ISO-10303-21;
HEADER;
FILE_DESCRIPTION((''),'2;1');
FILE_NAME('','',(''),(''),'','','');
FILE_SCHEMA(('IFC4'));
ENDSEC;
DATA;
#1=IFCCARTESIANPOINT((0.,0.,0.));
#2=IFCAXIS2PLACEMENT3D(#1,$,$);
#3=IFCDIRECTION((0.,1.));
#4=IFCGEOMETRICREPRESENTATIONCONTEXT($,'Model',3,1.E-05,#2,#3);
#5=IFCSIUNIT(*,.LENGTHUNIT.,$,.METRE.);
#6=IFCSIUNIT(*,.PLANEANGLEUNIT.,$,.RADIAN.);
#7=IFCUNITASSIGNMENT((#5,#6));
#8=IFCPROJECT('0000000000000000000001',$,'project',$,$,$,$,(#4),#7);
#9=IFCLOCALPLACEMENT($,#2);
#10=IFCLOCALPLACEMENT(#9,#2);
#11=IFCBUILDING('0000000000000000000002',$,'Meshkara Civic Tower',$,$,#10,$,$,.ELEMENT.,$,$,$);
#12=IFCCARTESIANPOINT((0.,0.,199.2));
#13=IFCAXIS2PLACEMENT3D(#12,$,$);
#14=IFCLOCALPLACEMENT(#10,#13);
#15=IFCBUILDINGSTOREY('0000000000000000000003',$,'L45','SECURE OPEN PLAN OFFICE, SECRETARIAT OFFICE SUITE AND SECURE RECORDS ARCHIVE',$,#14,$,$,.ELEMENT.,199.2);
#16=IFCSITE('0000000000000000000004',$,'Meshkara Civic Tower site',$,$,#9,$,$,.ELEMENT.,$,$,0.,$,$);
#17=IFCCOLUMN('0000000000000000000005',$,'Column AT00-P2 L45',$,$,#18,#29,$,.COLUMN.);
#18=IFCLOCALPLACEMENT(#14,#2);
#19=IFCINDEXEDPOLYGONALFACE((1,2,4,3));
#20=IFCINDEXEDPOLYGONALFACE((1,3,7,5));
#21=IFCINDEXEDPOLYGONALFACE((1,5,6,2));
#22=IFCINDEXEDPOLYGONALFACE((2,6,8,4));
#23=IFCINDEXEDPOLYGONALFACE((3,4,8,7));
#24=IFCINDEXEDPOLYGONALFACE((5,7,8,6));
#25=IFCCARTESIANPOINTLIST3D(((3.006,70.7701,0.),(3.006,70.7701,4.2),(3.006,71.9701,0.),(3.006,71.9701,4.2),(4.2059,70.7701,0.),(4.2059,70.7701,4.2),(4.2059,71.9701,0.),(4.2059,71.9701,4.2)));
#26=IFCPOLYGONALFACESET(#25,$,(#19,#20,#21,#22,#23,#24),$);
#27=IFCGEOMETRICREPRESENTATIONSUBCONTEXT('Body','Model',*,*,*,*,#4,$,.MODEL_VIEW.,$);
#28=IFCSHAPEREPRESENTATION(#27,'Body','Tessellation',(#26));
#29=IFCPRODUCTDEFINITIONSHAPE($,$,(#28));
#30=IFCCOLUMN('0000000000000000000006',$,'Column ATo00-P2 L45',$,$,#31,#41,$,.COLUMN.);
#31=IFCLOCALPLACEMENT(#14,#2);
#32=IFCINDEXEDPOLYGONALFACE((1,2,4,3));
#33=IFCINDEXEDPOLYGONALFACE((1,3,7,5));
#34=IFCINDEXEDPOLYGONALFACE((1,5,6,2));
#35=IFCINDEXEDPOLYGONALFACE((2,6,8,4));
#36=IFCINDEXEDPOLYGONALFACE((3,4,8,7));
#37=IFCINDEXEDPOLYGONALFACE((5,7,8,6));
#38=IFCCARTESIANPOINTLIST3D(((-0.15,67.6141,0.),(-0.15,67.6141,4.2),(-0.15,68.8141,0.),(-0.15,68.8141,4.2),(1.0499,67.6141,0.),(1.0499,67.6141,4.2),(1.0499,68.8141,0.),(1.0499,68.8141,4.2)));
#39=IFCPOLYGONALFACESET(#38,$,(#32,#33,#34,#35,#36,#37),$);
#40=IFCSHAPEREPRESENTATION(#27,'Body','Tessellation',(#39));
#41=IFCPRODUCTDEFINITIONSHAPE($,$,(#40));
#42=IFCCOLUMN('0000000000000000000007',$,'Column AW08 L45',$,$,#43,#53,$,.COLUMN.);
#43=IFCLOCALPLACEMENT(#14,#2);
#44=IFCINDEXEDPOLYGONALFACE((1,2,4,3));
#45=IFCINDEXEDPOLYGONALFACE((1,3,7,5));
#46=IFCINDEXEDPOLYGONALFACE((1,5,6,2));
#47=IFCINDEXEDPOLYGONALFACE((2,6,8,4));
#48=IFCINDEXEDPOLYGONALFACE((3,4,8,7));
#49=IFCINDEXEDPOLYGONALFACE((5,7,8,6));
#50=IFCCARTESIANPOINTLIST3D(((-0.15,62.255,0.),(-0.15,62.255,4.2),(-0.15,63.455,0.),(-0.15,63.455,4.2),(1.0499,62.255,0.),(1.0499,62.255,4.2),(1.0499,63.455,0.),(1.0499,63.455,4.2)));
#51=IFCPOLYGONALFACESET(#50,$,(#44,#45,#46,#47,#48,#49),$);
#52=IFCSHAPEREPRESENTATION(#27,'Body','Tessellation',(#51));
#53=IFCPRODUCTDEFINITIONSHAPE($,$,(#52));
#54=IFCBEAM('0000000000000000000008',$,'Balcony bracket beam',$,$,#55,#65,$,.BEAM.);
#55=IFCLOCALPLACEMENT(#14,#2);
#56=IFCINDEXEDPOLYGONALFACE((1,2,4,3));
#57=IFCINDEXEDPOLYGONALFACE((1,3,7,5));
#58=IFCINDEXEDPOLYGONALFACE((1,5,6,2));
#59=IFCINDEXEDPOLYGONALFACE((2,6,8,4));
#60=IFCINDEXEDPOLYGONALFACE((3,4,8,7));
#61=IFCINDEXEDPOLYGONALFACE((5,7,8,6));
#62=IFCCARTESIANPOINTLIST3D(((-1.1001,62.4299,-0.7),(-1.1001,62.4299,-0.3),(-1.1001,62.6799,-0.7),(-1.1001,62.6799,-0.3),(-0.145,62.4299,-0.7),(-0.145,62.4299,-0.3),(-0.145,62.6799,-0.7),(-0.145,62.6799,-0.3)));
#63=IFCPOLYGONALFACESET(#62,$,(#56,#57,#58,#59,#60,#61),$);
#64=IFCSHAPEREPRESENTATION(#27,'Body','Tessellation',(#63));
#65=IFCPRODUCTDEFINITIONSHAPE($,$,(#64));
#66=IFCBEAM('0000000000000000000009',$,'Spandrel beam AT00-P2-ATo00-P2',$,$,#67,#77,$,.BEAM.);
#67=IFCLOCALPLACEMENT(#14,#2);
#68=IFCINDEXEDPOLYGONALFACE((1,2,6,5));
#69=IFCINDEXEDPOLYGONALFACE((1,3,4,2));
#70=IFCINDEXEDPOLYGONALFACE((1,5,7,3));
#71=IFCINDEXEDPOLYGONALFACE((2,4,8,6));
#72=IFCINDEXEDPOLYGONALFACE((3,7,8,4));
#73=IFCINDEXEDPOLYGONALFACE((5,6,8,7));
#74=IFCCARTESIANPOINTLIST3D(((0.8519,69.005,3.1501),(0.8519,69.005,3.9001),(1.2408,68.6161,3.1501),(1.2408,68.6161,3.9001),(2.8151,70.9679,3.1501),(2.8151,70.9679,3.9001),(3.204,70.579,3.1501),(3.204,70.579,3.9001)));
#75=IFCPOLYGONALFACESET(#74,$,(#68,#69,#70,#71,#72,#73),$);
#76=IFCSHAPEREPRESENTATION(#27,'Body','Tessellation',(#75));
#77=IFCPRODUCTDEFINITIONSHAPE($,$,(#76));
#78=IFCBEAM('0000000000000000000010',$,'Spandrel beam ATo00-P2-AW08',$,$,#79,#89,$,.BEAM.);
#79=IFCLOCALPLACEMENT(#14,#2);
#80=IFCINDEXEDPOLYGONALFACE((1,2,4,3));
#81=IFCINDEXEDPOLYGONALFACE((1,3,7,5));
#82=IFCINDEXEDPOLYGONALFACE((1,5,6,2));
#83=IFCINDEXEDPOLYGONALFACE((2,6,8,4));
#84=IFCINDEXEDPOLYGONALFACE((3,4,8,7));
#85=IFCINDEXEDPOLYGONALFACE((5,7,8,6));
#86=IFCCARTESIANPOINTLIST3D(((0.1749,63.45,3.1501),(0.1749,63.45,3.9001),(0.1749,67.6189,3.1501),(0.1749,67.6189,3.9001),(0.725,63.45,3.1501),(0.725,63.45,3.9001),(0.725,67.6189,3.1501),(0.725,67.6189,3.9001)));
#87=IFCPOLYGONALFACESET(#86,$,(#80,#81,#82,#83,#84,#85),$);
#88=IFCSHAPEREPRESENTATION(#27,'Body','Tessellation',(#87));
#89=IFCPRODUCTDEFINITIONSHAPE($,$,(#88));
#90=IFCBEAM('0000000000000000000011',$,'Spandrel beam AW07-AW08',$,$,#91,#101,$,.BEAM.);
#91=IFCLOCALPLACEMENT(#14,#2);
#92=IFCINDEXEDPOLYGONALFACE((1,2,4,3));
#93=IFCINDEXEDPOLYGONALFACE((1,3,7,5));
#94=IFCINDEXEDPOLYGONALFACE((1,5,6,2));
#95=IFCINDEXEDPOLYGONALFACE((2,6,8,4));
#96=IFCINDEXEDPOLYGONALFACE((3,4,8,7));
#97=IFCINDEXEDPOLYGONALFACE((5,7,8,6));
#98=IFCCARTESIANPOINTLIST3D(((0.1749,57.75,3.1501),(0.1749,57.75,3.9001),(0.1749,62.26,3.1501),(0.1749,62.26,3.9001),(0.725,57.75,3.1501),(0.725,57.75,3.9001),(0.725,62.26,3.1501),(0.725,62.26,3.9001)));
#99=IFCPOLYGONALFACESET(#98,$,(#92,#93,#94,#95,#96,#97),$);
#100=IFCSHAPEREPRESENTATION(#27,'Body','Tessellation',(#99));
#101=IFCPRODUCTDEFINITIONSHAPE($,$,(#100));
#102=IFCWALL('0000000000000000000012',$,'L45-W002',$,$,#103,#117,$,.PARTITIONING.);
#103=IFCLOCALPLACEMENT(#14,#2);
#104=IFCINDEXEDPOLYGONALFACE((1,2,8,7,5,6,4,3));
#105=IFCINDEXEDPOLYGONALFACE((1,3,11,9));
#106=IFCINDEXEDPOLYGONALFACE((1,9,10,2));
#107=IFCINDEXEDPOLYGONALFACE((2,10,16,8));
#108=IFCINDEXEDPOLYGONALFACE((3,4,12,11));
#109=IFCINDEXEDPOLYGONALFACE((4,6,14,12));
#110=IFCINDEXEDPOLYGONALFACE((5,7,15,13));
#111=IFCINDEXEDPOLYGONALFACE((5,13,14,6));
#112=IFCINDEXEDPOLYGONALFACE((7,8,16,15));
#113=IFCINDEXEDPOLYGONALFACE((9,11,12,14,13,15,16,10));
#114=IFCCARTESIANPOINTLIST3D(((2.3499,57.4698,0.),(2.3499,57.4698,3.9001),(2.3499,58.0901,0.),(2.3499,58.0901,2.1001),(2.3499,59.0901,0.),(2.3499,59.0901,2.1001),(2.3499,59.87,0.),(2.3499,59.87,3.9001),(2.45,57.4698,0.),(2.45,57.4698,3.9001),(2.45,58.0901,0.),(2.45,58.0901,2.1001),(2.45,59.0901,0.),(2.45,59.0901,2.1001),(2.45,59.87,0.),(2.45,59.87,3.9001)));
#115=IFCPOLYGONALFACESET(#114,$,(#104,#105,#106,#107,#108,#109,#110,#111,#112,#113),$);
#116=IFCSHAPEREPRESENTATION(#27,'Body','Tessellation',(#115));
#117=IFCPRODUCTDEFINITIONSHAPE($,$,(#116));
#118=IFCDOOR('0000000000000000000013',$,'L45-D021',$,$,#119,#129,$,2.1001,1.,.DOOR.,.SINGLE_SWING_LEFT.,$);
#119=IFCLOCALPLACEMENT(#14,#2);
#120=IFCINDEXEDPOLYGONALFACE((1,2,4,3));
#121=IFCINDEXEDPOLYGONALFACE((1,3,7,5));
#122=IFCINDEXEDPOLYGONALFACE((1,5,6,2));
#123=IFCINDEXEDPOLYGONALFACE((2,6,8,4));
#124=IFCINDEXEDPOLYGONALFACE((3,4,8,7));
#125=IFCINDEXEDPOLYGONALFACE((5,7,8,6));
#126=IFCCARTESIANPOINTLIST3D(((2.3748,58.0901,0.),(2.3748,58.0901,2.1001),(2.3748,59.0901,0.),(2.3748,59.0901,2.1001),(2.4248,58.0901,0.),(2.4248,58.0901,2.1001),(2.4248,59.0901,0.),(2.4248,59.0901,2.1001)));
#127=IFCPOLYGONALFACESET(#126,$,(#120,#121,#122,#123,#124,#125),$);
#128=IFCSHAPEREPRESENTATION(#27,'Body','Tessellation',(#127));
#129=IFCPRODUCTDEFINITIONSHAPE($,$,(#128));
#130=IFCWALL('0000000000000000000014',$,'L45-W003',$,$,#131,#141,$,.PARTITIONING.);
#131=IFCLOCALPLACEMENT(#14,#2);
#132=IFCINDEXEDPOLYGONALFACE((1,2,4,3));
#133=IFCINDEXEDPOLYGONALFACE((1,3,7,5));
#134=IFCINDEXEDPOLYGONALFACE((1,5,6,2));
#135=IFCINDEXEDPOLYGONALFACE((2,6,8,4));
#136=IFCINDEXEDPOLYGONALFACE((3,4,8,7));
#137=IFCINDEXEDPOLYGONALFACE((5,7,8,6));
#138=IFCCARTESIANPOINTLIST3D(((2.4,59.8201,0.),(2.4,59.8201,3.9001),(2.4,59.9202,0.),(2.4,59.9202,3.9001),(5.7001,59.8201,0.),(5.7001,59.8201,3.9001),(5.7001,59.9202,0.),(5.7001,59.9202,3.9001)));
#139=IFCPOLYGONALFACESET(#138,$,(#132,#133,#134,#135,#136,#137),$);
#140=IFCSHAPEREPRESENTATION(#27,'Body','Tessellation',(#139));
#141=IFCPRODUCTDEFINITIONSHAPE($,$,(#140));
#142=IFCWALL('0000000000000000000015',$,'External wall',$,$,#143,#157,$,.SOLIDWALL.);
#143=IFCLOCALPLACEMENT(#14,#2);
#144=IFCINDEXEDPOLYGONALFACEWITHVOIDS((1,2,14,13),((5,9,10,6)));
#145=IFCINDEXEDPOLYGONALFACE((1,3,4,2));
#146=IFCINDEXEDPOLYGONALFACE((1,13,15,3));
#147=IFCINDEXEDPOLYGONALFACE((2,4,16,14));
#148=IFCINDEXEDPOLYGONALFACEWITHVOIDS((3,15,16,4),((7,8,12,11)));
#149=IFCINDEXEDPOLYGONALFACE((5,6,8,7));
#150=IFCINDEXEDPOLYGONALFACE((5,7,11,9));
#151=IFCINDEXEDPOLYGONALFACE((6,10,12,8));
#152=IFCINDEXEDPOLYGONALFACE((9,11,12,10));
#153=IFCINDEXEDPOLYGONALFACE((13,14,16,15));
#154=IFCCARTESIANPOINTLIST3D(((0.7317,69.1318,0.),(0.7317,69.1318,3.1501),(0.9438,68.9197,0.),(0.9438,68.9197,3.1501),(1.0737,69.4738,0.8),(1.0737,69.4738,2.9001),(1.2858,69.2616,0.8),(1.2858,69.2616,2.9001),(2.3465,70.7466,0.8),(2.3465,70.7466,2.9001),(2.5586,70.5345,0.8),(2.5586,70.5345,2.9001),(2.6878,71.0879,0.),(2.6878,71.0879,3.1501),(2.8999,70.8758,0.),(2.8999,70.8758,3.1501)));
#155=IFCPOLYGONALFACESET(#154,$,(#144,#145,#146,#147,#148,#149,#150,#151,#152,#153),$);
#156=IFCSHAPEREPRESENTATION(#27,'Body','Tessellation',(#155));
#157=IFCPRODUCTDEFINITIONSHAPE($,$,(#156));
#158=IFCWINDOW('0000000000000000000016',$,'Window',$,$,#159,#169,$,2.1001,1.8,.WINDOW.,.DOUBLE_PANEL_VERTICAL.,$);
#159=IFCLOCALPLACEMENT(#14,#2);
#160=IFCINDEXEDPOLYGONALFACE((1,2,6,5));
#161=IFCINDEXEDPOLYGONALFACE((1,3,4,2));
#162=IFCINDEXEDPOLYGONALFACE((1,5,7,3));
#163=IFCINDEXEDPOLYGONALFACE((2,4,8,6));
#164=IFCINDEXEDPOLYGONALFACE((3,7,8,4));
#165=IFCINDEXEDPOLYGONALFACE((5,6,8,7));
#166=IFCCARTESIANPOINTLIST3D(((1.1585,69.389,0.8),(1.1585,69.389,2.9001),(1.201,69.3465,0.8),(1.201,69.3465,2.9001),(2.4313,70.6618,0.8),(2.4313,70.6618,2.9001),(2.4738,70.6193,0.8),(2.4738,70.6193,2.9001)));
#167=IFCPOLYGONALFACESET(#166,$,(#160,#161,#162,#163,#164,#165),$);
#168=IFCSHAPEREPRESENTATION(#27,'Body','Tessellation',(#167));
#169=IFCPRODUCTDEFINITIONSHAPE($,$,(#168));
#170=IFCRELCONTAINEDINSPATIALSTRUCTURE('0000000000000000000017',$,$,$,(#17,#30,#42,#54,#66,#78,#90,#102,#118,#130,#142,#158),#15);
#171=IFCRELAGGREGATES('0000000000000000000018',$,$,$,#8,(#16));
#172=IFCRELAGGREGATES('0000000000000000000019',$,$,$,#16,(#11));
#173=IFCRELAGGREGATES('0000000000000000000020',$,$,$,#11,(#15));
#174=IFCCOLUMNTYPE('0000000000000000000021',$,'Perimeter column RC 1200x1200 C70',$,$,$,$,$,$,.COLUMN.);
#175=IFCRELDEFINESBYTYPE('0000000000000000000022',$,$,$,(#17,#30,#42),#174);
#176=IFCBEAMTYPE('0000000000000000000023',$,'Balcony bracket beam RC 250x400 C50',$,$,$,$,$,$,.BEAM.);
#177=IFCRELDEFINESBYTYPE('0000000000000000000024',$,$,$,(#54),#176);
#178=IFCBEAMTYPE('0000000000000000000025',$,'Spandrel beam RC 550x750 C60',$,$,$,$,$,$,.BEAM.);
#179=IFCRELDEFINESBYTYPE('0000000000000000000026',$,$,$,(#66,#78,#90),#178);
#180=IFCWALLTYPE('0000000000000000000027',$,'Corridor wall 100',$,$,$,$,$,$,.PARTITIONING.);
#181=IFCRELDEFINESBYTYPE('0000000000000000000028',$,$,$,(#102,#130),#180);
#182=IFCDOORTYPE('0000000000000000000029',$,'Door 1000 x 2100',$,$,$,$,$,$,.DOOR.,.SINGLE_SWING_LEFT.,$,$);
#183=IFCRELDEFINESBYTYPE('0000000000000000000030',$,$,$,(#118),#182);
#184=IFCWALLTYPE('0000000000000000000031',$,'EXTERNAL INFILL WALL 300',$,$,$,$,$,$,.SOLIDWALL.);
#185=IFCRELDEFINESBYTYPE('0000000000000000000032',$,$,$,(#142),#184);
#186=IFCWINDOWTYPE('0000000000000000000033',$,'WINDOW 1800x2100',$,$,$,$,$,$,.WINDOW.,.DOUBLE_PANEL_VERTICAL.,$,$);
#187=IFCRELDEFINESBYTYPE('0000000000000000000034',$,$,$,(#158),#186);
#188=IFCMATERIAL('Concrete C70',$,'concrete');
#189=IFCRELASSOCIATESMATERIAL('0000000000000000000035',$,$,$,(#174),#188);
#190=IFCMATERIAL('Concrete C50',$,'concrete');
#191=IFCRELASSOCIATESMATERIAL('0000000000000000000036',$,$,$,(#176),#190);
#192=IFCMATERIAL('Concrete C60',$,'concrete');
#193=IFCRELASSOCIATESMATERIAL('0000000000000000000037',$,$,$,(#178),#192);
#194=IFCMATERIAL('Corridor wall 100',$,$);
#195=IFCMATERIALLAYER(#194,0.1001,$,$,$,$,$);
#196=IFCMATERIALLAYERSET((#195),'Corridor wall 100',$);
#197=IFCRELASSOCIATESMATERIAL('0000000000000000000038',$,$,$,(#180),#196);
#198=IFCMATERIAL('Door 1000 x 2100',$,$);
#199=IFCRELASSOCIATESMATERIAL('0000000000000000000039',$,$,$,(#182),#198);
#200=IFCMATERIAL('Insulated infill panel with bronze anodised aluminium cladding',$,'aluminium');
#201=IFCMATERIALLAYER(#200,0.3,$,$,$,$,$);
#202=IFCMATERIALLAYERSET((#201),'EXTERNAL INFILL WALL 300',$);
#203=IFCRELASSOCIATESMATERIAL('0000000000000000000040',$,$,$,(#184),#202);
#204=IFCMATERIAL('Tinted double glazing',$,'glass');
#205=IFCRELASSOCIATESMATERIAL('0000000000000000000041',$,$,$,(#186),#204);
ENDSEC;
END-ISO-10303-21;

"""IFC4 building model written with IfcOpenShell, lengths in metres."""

from ifc_helpers import new_model, si_unit, direction, frame, frame_2d, origin, origin_2d, place, context, subcontext, project, spatial, rectangle, extrude, material, layer, layer_set, material_profile, profile_set, type_object, element, fill, save


model = new_model("IFC4")

# Units and contexts
model_context = context("Model", 3, precision=1e-05, world=origin(), true_north=direction((0.0, 1.0)))
body_context = subcontext(model_context, "Body", "Model", "MODEL_VIEW")
ifc_project = project(units=[si_unit("LENGTHUNIT", "METRE"), si_unit("PLANEANGLEUNIT", "RADIAN")], contexts=[model_context])

# Site, building, storey
site_placement = place(None, origin())
site = spatial("IfcSite", under=ifc_project, at=site_placement, Name="Meshkara Civic Tower site", CompositionType="ELEMENT", RefElevation=0.0)
building_placement = place(site_placement, origin())
building = spatial("IfcBuilding", under=site, at=building_placement, Name="Meshkara Civic Tower", CompositionType="ELEMENT")
storey_placement = place(building_placement, frame((0.0, 0.0, 199.2)))
storey = spatial("IfcBuildingStorey", under=building, at=storey_placement, Name="L45", Description="SECURE OPEN PLAN OFFICE, SECRETARIAT OFFICE SUITE AND SECURE RECORDS ARCHIVE", CompositionType="ELEMENT", Elevation=199.2)

# Columns
ifc_material_1 = material(Name="Concrete C70", Category="concrete")
ifc_material_profile_1 = material_profile(ifc_material_1, rectangle(XDim=1.2, YDim=1.2, at=origin_2d()))
ifc_profile_set_1 = profile_set([ifc_material_profile_1], Name="Concrete C70")
column_type = type_object("IfcColumnType", Name="Perimeter column RC 1200x1200 C70", PredefinedType="COLUMN", material=ifc_profile_set_1)
for number, where, z_axis, x_axis, name in (
    (1, (3.606, 71.3701, 0.0), (0.0, 0.0, 1.0), (1.0, 0.0, 0.0), "Column AT00-P2 L45"),
    (2, (0.45, 68.2141, 0.0), (0.0, 0.0, 1.0), (1.0, 0.0, 0.0), "Column ATo00-P2 L45"),
    (3, (0.45, 62.855, 0.0), (0.0, 0.0, 1.0), (1.0, 0.0, 0.0), "Column AW08 L45"),
):
    element("IfcColumn", number, at=place(storey_placement, frame(where, z_axis=z_axis, x_axis=x_axis)), inside=storey, type_object=column_type, Name=name, PredefinedType="COLUMN", context=body_context, shape_type="SweptSolid", body=[
        extrude(rectangle(XDim=1.2, YDim=1.2, at=origin_2d()), origin(), (0.0, 0.0, 1.0), 4.2),
    ])

# Beams
ifc_material_2 = material(Name="Concrete C50", Category="concrete")
ifc_material_profile_2 = material_profile(ifc_material_2, rectangle(XDim=0.25, YDim=0.3999, at=origin_2d()))
ifc_profile_set_2 = profile_set([ifc_material_profile_2], Name="Concrete C50")
beam_type_1 = type_object("IfcBeamType", Name="Balcony bracket beam RC 250x400 C50", PredefinedType="BEAM", material=ifc_profile_set_2)
beam_1_placement = place(storey_placement, frame((-0.145, 62.5549, -0.5), z_axis=(-1.0, 0.0, 0.0), x_axis=(0.0, -1.0, 0.0)))
element("IfcBeam", 4, at=beam_1_placement, inside=storey, type_object=beam_type_1, Name="Balcony bracket beam", PredefinedType="BEAM", context=body_context, shape_type="SweptSolid", body=[
    extrude(rectangle(XDim=0.25, YDim=0.3999, at=origin_2d()), origin(), (0.0, 0.0, 1.0), 0.9551),
])
ifc_material_3 = material(Name="Concrete C60", Category="concrete")
ifc_material_profile_3 = material_profile(ifc_material_3, rectangle(XDim=0.55, YDim=0.75, at=origin_2d()))
ifc_profile_set_3 = profile_set([ifc_material_profile_3], Name="Concrete C60")
beam_type_2 = type_object("IfcBeamType", Name="Spandrel beam RC 550x750 C60", PredefinedType="BEAM", material=ifc_profile_set_3)
beam_2_placement = place(storey_placement, frame((3.0095, 70.7734, 3.5251), z_axis=(-0.707151, -0.707063, 0.0), x_axis=(0.707063, -0.707151, 0.0)))
element("IfcBeam", 5, at=beam_2_placement, inside=storey, type_object=beam_type_2, Name="Spandrel beam AT00-P2-ATo00-P2", PredefinedType="BEAM", context=body_context, shape_type="SweptSolid", body=[
    extrude(rectangle(XDim=0.55, YDim=0.75, at=origin_2d()), origin(), (0.0, 0.0, 1.0), 2.7761),
])
beam_3_placement = place(storey_placement, frame((0.45, 67.6189, 3.5251), z_axis=(0.0, -1.0, 0.0), x_axis=(1.0, 0.0, 0.0)))
element("IfcBeam", 6, at=beam_3_placement, inside=storey, type_object=beam_type_2, Name="Spandrel beam ATo00-P2-AW08", PredefinedType="BEAM", context=body_context, shape_type="SweptSolid", body=[
    extrude(rectangle(XDim=0.55, YDim=0.75, at=origin_2d()), origin(), (0.0, 0.0, 1.0), 4.1689),
])
beam_4_placement = place(storey_placement, frame((0.45, 62.26, 3.5251), z_axis=(0.0, -1.0, 0.0), x_axis=(1.0, 0.0, 0.0)))
element("IfcBeam", 7, at=beam_4_placement, inside=storey, type_object=beam_type_2, Name="Spandrel beam AW07-AW08", PredefinedType="BEAM", context=body_context, shape_type="SweptSolid", body=[
    extrude(rectangle(XDim=0.55, YDim=0.75, at=origin_2d()), origin(), (0.0, 0.0, 1.0), 4.51),
])

# Wall, opening, door
ifc_material_4 = material(Name="Corridor wall 100")
ifc_layer_1 = layer(ifc_material_4, 0.1001)
ifc_layer_set_1 = layer_set([ifc_layer_1], Name="Corridor wall 100")
wall_type_1 = type_object("IfcWallType", Name="Corridor wall 100", PredefinedType="PARTITIONING", material=ifc_layer_set_1)
wall_1_placement = place(storey_placement, frame((2.3999, 59.8701, 0.0), z_axis=(0.0, 0.0, 1.0), x_axis=(0.0, -1.0, 0.0)))
wall_1 = element("IfcWall", 8, at=wall_1_placement, inside=storey, type_object=wall_type_1, Name="L45-W002", PredefinedType="PARTITIONING", context=body_context, shape_type="SweptSolid", body=[
    extrude(rectangle(XDim=2.4001, YDim=0.1001, at=frame_2d((1.2002, 0.0))), origin(), (0.0, 0.0, 1.0), 3.9001),
])
opening_1_placement = place(wall_1_placement, frame((0.78, 0.0, 0.0)))
opening_1 = element("IfcOpeningElement", 9, at=opening_1_placement, cuts=wall_1, PredefinedType="OPENING", context=body_context, shape_type="SweptSolid", body=[
    extrude(rectangle(XDim=1.0, YDim=2.1001, at=frame_2d((0.5, 1.05))), frame((0.0, 0.0601, 0.0), z_axis=(0.0, -1.0, 0.0), x_axis=(1.0, 0.0, 0.0)), (0.0, 0.0, 1.0), 0.1201),
])
ifc_material_5 = material(Name="Door 1000 x 2100")
door_type_1 = type_object("IfcDoorType", Name="Door 1000 x 2100", OperationType="SINGLE_SWING_LEFT", PredefinedType="DOOR", material=ifc_material_5)
door_1_placement = place(opening_1_placement, origin())
door_1 = element("IfcDoor", 10, at=door_1_placement, inside=storey, type_object=door_type_1, Name="L45-D021", OperationType="SINGLE_SWING_LEFT", OverallHeight=2.1001, OverallWidth=1.0, PredefinedType="DOOR", context=body_context, shape_type="SweptSolid", body=[
    extrude(rectangle(XDim=1.0, YDim=2.1001, at=frame_2d((0.5, 1.05))), frame((0.0, 0.0249, 0.0), z_axis=(0.0, -1.0, 0.0), x_axis=(1.0, 0.0, 0.0)), (0.0, 0.0, 1.0), 0.05),
])
fill(opening_1, door_1)

# Wall
wall_2_placement = place(storey_placement, frame((5.7, 59.8701, 0.0), z_axis=(0.0, 0.0, 1.0), x_axis=(-1.0, 0.0, 0.0)))
element("IfcWall", 11, at=wall_2_placement, inside=storey, type_object=wall_type_1, Name="L45-W003", PredefinedType="PARTITIONING", context=body_context, shape_type="SweptSolid", body=[
    extrude(rectangle(XDim=3.3, YDim=0.1001, at=frame_2d((1.6499, 0.0))), origin(), (0.0, 0.0, 1.0), 3.9001),
])

# Wall, opening, window
ifc_material_6 = material(Name="Insulated infill panel with bronze anodised aluminium cladding", Category="aluminium")
ifc_layer_2 = layer(ifc_material_6, 0.3)
ifc_layer_set_2 = layer_set([ifc_layer_2], Name="EXTERNAL INFILL WALL 300")
wall_type_2 = type_object("IfcWallType", Name="EXTERNAL INFILL WALL 300", PredefinedType="SOLIDWALL", material=ifc_layer_set_2)
wall_3_placement = place(storey_placement, frame((2.7939, 70.9819, 0.0), z_axis=(0.0, 0.0, 1.0), x_axis=(-0.707107, -0.707107, 0.0)))
wall_3 = element("IfcWall", 12, at=wall_3_placement, inside=storey, type_object=wall_type_2, Name="External wall", PredefinedType="SOLIDWALL", context=body_context, shape_type="SweptSolid", body=[
    extrude(rectangle(XDim=2.7664, YDim=0.3, at=frame_2d((1.3833, 0.0))), origin(), (0.0, 0.0, 1.0), 3.1501),
])
opening_2_placement = place(wall_3_placement, frame((0.4829, 0.0, 0.8)))
opening_2 = element("IfcOpeningElement", 13, at=opening_2_placement, cuts=wall_3, PredefinedType="OPENING", context=body_context, shape_type="SweptSolid", body=[
    extrude(rectangle(XDim=1.8, YDim=2.1001, at=frame_2d((0.8999, 1.05))), frame((0.0, 0.1599, 0.0), z_axis=(0.0, -1.0, 0.0), x_axis=(1.0, 0.0, 0.0)), (0.0, 0.0, 1.0), 0.3201),
])
ifc_material_7 = material(Name="Tinted double glazing", Category="glass")
window_type_1 = type_object("IfcWindowType", Name="WINDOW 1800x2100", PartitioningType="DOUBLE_PANEL_VERTICAL", PredefinedType="WINDOW", material=ifc_material_7)
window_1_placement = place(opening_2_placement, origin())
window_1 = element("IfcWindow", 14, at=window_1_placement, inside=storey, type_object=window_type_1, Name="Window", OverallHeight=2.1001, OverallWidth=1.8, PartitioningType="DOUBLE_PANEL_VERTICAL", PredefinedType="WINDOW", context=body_context, shape_type="SweptSolid", body=[
    extrude(rectangle(XDim=1.8, YDim=2.1001, at=frame_2d((0.8999, 1.05))), frame((0.0, 0.03, 0.0), z_axis=(0.0, -1.0, 0.0), x_axis=(1.0, 0.0, 0.0)), (0.0, 0.0, 1.0), 0.0601),
])
fill(opening_2, window_1)

save(model, "model.ifc")
